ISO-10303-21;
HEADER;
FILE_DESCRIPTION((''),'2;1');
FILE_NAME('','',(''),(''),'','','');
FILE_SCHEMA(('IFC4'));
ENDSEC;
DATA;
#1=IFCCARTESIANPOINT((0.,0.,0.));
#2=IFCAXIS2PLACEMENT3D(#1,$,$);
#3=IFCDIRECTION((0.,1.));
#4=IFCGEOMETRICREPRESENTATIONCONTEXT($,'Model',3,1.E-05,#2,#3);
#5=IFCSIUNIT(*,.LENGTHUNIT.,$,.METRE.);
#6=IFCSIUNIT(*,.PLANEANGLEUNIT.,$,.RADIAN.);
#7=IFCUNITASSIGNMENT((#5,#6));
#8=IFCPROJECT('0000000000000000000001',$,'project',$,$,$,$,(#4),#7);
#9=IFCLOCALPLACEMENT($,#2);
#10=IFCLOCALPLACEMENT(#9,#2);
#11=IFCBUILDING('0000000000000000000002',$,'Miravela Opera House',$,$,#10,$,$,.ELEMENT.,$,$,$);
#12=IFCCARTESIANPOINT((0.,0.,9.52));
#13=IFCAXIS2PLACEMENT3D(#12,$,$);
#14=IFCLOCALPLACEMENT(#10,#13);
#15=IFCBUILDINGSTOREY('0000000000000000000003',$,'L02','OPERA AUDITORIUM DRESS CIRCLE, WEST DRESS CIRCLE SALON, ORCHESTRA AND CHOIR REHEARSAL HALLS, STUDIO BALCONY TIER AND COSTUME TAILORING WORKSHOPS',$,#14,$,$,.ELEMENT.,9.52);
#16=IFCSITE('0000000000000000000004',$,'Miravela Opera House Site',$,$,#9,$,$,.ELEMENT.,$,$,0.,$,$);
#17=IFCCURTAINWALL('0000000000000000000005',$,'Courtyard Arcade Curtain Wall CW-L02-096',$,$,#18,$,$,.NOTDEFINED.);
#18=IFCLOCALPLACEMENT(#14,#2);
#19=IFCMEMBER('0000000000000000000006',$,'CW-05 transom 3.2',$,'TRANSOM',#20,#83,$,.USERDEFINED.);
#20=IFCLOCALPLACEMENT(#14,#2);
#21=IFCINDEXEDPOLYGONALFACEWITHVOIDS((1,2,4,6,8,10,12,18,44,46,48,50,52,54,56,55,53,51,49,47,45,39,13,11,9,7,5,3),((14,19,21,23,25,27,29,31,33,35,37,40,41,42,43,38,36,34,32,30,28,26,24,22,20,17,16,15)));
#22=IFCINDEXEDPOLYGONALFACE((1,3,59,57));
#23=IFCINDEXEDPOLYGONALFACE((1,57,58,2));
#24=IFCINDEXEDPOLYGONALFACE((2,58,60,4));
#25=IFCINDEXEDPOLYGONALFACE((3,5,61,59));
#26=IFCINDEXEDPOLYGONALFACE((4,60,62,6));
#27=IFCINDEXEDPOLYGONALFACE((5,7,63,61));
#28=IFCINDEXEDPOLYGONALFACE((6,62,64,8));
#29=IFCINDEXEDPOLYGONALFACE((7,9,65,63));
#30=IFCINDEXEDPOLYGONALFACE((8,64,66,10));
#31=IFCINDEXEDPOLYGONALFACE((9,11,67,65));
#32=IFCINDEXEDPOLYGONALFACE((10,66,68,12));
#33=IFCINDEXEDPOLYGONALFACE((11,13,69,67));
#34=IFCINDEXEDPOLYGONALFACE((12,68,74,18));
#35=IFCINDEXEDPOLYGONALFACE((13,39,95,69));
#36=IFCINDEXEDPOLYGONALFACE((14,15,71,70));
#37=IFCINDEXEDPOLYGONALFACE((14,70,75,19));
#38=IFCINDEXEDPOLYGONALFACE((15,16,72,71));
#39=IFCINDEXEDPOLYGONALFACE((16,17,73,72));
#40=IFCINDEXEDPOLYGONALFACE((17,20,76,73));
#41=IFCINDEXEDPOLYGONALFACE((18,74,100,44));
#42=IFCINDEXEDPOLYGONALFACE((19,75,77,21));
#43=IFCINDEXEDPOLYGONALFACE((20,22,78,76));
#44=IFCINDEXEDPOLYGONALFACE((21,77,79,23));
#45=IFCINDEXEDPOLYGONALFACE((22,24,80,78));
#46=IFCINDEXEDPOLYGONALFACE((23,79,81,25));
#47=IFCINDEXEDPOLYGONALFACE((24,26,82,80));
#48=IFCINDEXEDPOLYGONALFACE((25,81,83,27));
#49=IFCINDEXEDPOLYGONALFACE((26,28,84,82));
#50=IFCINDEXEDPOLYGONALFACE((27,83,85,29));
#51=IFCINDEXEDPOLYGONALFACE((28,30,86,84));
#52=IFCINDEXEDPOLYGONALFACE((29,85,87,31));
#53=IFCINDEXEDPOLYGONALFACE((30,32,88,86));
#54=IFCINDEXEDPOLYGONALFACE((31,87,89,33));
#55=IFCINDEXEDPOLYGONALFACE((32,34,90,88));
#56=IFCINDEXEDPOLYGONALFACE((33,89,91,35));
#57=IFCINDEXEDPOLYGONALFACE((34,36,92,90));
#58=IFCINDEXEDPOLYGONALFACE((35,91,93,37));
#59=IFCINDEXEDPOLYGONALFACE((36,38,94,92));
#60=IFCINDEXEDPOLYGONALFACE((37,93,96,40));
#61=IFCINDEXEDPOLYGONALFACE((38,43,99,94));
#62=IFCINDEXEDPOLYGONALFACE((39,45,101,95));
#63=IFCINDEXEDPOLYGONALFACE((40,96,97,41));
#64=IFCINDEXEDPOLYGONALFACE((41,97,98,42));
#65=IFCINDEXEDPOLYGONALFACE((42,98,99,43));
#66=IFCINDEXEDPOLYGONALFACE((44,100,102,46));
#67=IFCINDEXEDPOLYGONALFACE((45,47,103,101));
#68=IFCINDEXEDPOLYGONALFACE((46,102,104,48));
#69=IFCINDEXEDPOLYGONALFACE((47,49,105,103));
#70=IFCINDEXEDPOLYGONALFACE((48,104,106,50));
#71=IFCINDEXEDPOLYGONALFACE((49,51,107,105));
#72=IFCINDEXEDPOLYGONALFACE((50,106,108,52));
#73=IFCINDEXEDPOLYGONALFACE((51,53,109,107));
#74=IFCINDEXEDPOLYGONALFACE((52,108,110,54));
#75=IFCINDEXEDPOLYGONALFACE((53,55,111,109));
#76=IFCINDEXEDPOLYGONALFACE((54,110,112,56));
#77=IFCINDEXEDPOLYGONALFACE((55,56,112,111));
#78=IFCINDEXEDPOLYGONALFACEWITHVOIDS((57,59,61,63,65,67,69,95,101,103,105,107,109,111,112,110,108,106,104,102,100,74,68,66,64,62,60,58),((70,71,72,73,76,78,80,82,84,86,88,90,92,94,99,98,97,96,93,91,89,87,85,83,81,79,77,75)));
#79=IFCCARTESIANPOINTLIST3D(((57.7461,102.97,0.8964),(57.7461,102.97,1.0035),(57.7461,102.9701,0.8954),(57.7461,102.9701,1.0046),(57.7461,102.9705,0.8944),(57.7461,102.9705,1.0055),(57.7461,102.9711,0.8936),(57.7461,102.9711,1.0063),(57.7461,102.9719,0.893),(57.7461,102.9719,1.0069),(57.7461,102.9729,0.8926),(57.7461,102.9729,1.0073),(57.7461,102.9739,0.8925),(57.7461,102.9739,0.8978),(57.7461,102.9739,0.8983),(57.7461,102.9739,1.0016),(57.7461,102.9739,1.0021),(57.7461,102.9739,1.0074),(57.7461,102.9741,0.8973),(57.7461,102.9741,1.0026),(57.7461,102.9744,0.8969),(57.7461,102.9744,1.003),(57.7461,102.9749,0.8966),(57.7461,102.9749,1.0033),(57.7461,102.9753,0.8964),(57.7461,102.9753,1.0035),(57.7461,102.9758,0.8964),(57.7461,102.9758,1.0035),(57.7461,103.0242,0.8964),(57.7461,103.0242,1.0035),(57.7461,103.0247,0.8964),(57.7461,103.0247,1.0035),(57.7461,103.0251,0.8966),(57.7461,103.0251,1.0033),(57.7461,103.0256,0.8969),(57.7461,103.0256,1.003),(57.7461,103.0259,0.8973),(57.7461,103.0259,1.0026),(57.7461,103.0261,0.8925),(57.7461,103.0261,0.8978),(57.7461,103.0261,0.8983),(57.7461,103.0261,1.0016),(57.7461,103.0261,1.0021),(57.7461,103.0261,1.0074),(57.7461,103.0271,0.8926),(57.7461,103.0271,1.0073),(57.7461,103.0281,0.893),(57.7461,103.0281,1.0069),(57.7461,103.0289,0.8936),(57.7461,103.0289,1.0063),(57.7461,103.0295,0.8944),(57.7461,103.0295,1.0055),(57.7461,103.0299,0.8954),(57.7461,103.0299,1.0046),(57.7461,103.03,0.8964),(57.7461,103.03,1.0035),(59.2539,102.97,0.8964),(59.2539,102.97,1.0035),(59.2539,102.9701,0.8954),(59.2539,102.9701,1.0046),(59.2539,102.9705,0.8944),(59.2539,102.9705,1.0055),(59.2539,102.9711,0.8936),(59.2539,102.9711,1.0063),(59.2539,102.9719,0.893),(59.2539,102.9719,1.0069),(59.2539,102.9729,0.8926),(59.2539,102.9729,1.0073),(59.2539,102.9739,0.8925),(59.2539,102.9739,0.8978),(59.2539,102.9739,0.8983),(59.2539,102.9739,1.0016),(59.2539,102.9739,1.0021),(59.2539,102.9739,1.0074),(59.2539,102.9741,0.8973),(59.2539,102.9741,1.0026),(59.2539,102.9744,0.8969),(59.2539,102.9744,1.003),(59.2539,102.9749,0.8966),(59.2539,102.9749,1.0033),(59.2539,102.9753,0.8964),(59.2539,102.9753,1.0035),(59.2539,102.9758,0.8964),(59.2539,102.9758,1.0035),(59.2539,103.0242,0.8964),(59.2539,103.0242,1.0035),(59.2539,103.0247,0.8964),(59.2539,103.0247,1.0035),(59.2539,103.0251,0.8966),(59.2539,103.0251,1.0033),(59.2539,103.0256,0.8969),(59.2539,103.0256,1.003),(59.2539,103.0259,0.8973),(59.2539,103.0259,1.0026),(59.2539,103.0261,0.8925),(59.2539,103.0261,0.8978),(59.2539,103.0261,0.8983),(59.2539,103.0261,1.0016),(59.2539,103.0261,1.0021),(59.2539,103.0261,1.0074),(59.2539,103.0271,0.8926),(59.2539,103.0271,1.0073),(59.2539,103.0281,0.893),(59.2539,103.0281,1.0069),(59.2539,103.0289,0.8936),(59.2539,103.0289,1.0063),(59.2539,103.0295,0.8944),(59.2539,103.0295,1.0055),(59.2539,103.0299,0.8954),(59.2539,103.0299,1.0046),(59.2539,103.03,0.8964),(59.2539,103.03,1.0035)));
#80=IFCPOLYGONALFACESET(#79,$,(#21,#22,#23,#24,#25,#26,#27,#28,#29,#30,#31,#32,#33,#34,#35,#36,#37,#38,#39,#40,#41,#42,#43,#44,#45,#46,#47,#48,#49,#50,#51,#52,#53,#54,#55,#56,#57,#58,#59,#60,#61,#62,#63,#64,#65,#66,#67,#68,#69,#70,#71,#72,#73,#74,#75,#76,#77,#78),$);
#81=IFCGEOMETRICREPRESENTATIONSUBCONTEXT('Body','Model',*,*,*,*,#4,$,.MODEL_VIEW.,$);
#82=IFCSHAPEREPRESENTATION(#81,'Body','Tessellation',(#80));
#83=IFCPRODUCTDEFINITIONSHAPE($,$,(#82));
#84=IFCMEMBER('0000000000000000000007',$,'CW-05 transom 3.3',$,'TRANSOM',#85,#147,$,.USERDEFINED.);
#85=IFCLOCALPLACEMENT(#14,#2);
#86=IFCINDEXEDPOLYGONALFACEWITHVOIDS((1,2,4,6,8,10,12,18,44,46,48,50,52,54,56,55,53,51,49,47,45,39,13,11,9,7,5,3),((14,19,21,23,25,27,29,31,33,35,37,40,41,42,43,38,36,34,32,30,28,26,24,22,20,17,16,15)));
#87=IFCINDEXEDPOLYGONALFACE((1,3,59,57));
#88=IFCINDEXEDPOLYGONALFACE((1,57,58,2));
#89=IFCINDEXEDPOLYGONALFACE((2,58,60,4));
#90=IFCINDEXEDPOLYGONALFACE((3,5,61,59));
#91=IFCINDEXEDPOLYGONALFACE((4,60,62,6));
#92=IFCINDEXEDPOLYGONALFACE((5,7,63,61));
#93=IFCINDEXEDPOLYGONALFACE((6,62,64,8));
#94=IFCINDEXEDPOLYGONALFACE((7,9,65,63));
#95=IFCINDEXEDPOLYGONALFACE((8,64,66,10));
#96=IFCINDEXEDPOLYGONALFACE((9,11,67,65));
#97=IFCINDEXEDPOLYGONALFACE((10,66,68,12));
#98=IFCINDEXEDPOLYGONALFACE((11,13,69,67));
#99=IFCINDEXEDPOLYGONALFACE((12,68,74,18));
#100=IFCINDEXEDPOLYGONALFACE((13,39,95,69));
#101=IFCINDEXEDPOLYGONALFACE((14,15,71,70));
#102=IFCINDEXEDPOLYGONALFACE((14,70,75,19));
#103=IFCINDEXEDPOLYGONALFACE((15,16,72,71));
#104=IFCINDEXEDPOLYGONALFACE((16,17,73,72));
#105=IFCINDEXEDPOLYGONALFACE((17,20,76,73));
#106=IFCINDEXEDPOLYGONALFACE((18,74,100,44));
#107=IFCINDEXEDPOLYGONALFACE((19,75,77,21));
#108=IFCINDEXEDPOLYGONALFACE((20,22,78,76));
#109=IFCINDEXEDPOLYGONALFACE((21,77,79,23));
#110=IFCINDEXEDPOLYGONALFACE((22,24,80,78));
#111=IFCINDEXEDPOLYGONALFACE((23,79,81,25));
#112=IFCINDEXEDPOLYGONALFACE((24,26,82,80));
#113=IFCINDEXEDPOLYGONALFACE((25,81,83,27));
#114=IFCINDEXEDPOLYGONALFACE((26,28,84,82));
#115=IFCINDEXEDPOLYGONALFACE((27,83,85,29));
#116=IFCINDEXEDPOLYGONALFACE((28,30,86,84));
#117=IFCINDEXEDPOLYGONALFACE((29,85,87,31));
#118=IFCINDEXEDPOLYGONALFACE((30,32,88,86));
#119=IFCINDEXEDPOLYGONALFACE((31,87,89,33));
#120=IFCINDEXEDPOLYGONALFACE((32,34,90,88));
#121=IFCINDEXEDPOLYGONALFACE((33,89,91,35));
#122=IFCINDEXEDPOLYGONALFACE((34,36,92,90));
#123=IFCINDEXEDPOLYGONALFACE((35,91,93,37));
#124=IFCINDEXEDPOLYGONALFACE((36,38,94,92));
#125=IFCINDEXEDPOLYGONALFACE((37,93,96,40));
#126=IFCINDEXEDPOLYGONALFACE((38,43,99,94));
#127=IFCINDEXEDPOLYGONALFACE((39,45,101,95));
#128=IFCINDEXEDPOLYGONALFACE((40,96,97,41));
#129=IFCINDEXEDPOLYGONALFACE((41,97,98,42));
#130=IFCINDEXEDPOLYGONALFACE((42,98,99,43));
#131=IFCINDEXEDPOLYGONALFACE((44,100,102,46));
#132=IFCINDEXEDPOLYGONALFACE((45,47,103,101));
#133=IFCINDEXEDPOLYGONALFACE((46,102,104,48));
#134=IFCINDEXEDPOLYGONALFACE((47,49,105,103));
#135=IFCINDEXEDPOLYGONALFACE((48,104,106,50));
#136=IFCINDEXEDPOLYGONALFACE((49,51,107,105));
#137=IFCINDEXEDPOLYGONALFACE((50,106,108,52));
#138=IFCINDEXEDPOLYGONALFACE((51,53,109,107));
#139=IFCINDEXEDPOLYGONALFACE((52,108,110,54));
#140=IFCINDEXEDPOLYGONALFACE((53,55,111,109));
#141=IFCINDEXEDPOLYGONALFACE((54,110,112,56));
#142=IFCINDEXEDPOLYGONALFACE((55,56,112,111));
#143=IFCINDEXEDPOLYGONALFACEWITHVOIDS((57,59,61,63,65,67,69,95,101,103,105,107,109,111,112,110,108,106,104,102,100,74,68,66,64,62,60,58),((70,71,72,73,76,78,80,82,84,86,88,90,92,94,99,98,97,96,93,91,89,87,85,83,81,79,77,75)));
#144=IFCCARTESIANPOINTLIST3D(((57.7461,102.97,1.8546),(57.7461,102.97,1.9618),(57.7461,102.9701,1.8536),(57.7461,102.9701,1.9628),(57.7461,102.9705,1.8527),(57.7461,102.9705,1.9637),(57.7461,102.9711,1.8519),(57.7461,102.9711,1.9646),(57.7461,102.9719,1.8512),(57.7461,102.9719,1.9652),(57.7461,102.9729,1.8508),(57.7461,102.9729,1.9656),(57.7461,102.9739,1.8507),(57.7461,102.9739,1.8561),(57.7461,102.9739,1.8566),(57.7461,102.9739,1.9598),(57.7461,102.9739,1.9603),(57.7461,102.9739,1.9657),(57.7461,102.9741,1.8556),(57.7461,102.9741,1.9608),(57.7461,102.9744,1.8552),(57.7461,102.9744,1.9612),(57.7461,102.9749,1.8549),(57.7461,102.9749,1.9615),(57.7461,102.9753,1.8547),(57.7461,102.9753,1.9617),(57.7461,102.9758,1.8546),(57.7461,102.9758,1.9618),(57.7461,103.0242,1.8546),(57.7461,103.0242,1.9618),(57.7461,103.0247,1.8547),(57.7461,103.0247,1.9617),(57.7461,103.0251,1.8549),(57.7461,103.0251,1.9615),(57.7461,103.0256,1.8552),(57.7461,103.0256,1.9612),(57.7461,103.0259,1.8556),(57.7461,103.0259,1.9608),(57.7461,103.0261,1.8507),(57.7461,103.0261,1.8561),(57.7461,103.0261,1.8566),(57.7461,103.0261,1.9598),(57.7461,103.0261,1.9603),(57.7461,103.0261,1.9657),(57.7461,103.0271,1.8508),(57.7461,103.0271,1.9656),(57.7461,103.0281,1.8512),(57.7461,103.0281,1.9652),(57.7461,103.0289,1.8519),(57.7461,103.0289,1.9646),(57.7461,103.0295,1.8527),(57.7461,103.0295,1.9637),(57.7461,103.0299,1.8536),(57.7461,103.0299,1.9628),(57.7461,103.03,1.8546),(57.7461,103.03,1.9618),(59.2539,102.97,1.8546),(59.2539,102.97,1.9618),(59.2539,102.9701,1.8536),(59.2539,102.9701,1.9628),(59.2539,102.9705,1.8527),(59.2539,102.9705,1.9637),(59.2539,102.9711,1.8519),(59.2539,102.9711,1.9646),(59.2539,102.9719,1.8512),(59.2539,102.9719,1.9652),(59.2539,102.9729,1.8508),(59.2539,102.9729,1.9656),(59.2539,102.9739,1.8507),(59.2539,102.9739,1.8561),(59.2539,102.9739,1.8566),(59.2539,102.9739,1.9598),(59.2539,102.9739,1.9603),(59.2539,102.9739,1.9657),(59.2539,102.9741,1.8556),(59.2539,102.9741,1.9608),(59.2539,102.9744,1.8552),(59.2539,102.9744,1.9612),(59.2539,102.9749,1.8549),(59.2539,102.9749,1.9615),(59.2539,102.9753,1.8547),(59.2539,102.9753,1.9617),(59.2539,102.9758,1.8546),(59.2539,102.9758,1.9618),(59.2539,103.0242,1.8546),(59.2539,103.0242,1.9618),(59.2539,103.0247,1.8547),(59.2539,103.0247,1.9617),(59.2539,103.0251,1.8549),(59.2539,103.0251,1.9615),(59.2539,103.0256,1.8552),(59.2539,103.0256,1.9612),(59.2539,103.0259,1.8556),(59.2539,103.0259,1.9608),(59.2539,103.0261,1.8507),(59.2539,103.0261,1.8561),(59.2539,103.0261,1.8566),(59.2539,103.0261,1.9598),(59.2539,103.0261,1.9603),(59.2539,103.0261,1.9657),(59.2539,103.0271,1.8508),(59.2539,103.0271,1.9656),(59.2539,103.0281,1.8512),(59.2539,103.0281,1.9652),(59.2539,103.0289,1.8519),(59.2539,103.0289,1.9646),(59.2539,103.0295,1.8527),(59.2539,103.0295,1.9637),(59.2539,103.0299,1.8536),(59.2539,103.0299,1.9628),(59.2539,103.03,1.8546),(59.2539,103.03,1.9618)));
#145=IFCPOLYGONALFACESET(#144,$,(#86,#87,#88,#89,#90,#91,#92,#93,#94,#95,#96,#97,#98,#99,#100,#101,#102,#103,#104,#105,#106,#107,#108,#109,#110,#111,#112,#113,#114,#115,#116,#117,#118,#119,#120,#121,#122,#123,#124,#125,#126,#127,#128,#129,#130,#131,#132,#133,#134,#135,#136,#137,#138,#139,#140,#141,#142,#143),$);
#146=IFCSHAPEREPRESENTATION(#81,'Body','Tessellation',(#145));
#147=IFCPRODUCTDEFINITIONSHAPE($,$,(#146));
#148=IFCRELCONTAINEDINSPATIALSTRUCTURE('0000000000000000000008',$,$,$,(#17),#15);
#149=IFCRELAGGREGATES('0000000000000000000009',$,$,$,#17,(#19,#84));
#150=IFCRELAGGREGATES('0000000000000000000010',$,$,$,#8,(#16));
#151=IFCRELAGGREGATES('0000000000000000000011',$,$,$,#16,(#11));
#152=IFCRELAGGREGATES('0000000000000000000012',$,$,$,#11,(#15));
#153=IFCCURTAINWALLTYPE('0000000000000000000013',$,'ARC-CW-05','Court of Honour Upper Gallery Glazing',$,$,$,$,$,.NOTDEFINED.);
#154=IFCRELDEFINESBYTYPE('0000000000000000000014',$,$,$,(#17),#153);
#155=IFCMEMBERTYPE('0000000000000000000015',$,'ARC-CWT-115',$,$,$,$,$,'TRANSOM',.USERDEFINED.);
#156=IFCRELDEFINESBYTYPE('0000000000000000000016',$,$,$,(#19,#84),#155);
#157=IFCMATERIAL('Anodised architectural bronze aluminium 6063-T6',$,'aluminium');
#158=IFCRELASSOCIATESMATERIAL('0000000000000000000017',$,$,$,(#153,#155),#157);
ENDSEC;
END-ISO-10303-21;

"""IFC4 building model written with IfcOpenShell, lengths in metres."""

from ifc_helpers import new_model, si_unit, direction, frame, origin, origin_2d, place, context, subcontext, project, spatial, hollow_rectangle, extrude, material, material_profile, profile_set, type_object, element, aggregate, save


model = new_model("IFC4")

# Units and contexts
model_context = context("Model", 3, precision=1e-05, world=origin(), true_north=direction((0.0, 1.0)))
body_context = subcontext(model_context, "Body", "Model", "MODEL_VIEW")
ifc_project = project(units=[si_unit("LENGTHUNIT", "METRE"), si_unit("PLANEANGLEUNIT", "RADIAN")], contexts=[model_context])

# Site, building, storey
site_placement = place(None, origin())
site = spatial("IfcSite", under=ifc_project, at=site_placement, Name="Miravela Opera House Site", CompositionType="ELEMENT", RefElevation=0.0)
building_placement = place(site_placement, origin())
building = spatial("IfcBuilding", under=site, at=building_placement, Name="Miravela Opera House", CompositionType="ELEMENT")
storey_placement = place(building_placement, frame((0.0, 0.0, 9.52)))
storey = spatial("IfcBuildingStorey", under=building, at=storey_placement, Name="L02", Description="OPERA AUDITORIUM DRESS CIRCLE, WEST DRESS CIRCLE SALON, ORCHESTRA AND CHOIR REHEARSAL HALLS, STUDIO BALCONY TIER AND COSTUME TAILORING WORKSHOPS", CompositionType="ELEMENT", Elevation=9.52)

# Curtain wall, members
ifc_material_1 = material(Name="Anodised architectural bronze aluminium 6063-T6", Category="aluminium")
curtain_wall_type = type_object("IfcCurtainWallType", Name="ARC-CW-05", Description="Court of Honour Upper Gallery Glazing", PredefinedType="NOTDEFINED", material=ifc_material_1)
curtain_wall_placement = place(storey_placement, origin())
curtain_wall = element("IfcCurtainWall", 1, at=curtain_wall_placement, inside=storey, type_object=curtain_wall_type, Name="Courtyard Arcade Curtain Wall CW-L02-096", PredefinedType="NOTDEFINED")
ifc_material_profile_1 = material_profile(ifc_material_1, hollow_rectangle(XDim=0.0601, YDim=0.115, WallThickness=0.0039, InnerFilletRadius=0.002, OuterFilletRadius=0.0039, at=origin_2d()), Name="CWT-60X115")
ifc_profile_set_1 = profile_set([ifc_material_profile_1])
member_type_1 = type_object("IfcMemberType", Name="ARC-CWT-115", ElementType="TRANSOM", PredefinedType="USERDEFINED", material=ifc_profile_set_1)
member_1_placement = place(storey_placement, frame((57.7461, 103.0, 0.95), z_axis=(1.0, 0.0, 0.0), x_axis=(0.0, 1.0, 0.0)))
member_1 = element("IfcMember", 2, at=member_1_placement, type_object=member_type_1, Name="CW-05 transom 3.2", ObjectType="TRANSOM", PredefinedType="USERDEFINED", context=body_context, shape_type="SweptSolid", body=[
    extrude(hollow_rectangle(XDim=0.0601, YDim=0.115, WallThickness=0.0039, InnerFilletRadius=0.002, OuterFilletRadius=0.0039, at=origin_2d()), origin(), (0.0, 0.0, 1.0), 1.5078),
])
member_2_placement = place(storey_placement, frame((57.7461, 103.0, 1.9082), z_axis=(1.0, 0.0, 0.0), x_axis=(0.0, 1.0, 0.0)))
member_2 = element("IfcMember", 3, at=member_2_placement, type_object=member_type_1, Name="CW-05 transom 3.3", ObjectType="TRANSOM", PredefinedType="USERDEFINED", context=body_context, shape_type="SweptSolid", body=[
    extrude(hollow_rectangle(XDim=0.0601, YDim=0.115, WallThickness=0.0039, InnerFilletRadius=0.002, OuterFilletRadius=0.0039, at=origin_2d()), origin(), (0.0, 0.0, 1.0), 1.5078),
])
aggregate(curtain_wall, [member_1, member_2])

save(model, "model.ifc")
